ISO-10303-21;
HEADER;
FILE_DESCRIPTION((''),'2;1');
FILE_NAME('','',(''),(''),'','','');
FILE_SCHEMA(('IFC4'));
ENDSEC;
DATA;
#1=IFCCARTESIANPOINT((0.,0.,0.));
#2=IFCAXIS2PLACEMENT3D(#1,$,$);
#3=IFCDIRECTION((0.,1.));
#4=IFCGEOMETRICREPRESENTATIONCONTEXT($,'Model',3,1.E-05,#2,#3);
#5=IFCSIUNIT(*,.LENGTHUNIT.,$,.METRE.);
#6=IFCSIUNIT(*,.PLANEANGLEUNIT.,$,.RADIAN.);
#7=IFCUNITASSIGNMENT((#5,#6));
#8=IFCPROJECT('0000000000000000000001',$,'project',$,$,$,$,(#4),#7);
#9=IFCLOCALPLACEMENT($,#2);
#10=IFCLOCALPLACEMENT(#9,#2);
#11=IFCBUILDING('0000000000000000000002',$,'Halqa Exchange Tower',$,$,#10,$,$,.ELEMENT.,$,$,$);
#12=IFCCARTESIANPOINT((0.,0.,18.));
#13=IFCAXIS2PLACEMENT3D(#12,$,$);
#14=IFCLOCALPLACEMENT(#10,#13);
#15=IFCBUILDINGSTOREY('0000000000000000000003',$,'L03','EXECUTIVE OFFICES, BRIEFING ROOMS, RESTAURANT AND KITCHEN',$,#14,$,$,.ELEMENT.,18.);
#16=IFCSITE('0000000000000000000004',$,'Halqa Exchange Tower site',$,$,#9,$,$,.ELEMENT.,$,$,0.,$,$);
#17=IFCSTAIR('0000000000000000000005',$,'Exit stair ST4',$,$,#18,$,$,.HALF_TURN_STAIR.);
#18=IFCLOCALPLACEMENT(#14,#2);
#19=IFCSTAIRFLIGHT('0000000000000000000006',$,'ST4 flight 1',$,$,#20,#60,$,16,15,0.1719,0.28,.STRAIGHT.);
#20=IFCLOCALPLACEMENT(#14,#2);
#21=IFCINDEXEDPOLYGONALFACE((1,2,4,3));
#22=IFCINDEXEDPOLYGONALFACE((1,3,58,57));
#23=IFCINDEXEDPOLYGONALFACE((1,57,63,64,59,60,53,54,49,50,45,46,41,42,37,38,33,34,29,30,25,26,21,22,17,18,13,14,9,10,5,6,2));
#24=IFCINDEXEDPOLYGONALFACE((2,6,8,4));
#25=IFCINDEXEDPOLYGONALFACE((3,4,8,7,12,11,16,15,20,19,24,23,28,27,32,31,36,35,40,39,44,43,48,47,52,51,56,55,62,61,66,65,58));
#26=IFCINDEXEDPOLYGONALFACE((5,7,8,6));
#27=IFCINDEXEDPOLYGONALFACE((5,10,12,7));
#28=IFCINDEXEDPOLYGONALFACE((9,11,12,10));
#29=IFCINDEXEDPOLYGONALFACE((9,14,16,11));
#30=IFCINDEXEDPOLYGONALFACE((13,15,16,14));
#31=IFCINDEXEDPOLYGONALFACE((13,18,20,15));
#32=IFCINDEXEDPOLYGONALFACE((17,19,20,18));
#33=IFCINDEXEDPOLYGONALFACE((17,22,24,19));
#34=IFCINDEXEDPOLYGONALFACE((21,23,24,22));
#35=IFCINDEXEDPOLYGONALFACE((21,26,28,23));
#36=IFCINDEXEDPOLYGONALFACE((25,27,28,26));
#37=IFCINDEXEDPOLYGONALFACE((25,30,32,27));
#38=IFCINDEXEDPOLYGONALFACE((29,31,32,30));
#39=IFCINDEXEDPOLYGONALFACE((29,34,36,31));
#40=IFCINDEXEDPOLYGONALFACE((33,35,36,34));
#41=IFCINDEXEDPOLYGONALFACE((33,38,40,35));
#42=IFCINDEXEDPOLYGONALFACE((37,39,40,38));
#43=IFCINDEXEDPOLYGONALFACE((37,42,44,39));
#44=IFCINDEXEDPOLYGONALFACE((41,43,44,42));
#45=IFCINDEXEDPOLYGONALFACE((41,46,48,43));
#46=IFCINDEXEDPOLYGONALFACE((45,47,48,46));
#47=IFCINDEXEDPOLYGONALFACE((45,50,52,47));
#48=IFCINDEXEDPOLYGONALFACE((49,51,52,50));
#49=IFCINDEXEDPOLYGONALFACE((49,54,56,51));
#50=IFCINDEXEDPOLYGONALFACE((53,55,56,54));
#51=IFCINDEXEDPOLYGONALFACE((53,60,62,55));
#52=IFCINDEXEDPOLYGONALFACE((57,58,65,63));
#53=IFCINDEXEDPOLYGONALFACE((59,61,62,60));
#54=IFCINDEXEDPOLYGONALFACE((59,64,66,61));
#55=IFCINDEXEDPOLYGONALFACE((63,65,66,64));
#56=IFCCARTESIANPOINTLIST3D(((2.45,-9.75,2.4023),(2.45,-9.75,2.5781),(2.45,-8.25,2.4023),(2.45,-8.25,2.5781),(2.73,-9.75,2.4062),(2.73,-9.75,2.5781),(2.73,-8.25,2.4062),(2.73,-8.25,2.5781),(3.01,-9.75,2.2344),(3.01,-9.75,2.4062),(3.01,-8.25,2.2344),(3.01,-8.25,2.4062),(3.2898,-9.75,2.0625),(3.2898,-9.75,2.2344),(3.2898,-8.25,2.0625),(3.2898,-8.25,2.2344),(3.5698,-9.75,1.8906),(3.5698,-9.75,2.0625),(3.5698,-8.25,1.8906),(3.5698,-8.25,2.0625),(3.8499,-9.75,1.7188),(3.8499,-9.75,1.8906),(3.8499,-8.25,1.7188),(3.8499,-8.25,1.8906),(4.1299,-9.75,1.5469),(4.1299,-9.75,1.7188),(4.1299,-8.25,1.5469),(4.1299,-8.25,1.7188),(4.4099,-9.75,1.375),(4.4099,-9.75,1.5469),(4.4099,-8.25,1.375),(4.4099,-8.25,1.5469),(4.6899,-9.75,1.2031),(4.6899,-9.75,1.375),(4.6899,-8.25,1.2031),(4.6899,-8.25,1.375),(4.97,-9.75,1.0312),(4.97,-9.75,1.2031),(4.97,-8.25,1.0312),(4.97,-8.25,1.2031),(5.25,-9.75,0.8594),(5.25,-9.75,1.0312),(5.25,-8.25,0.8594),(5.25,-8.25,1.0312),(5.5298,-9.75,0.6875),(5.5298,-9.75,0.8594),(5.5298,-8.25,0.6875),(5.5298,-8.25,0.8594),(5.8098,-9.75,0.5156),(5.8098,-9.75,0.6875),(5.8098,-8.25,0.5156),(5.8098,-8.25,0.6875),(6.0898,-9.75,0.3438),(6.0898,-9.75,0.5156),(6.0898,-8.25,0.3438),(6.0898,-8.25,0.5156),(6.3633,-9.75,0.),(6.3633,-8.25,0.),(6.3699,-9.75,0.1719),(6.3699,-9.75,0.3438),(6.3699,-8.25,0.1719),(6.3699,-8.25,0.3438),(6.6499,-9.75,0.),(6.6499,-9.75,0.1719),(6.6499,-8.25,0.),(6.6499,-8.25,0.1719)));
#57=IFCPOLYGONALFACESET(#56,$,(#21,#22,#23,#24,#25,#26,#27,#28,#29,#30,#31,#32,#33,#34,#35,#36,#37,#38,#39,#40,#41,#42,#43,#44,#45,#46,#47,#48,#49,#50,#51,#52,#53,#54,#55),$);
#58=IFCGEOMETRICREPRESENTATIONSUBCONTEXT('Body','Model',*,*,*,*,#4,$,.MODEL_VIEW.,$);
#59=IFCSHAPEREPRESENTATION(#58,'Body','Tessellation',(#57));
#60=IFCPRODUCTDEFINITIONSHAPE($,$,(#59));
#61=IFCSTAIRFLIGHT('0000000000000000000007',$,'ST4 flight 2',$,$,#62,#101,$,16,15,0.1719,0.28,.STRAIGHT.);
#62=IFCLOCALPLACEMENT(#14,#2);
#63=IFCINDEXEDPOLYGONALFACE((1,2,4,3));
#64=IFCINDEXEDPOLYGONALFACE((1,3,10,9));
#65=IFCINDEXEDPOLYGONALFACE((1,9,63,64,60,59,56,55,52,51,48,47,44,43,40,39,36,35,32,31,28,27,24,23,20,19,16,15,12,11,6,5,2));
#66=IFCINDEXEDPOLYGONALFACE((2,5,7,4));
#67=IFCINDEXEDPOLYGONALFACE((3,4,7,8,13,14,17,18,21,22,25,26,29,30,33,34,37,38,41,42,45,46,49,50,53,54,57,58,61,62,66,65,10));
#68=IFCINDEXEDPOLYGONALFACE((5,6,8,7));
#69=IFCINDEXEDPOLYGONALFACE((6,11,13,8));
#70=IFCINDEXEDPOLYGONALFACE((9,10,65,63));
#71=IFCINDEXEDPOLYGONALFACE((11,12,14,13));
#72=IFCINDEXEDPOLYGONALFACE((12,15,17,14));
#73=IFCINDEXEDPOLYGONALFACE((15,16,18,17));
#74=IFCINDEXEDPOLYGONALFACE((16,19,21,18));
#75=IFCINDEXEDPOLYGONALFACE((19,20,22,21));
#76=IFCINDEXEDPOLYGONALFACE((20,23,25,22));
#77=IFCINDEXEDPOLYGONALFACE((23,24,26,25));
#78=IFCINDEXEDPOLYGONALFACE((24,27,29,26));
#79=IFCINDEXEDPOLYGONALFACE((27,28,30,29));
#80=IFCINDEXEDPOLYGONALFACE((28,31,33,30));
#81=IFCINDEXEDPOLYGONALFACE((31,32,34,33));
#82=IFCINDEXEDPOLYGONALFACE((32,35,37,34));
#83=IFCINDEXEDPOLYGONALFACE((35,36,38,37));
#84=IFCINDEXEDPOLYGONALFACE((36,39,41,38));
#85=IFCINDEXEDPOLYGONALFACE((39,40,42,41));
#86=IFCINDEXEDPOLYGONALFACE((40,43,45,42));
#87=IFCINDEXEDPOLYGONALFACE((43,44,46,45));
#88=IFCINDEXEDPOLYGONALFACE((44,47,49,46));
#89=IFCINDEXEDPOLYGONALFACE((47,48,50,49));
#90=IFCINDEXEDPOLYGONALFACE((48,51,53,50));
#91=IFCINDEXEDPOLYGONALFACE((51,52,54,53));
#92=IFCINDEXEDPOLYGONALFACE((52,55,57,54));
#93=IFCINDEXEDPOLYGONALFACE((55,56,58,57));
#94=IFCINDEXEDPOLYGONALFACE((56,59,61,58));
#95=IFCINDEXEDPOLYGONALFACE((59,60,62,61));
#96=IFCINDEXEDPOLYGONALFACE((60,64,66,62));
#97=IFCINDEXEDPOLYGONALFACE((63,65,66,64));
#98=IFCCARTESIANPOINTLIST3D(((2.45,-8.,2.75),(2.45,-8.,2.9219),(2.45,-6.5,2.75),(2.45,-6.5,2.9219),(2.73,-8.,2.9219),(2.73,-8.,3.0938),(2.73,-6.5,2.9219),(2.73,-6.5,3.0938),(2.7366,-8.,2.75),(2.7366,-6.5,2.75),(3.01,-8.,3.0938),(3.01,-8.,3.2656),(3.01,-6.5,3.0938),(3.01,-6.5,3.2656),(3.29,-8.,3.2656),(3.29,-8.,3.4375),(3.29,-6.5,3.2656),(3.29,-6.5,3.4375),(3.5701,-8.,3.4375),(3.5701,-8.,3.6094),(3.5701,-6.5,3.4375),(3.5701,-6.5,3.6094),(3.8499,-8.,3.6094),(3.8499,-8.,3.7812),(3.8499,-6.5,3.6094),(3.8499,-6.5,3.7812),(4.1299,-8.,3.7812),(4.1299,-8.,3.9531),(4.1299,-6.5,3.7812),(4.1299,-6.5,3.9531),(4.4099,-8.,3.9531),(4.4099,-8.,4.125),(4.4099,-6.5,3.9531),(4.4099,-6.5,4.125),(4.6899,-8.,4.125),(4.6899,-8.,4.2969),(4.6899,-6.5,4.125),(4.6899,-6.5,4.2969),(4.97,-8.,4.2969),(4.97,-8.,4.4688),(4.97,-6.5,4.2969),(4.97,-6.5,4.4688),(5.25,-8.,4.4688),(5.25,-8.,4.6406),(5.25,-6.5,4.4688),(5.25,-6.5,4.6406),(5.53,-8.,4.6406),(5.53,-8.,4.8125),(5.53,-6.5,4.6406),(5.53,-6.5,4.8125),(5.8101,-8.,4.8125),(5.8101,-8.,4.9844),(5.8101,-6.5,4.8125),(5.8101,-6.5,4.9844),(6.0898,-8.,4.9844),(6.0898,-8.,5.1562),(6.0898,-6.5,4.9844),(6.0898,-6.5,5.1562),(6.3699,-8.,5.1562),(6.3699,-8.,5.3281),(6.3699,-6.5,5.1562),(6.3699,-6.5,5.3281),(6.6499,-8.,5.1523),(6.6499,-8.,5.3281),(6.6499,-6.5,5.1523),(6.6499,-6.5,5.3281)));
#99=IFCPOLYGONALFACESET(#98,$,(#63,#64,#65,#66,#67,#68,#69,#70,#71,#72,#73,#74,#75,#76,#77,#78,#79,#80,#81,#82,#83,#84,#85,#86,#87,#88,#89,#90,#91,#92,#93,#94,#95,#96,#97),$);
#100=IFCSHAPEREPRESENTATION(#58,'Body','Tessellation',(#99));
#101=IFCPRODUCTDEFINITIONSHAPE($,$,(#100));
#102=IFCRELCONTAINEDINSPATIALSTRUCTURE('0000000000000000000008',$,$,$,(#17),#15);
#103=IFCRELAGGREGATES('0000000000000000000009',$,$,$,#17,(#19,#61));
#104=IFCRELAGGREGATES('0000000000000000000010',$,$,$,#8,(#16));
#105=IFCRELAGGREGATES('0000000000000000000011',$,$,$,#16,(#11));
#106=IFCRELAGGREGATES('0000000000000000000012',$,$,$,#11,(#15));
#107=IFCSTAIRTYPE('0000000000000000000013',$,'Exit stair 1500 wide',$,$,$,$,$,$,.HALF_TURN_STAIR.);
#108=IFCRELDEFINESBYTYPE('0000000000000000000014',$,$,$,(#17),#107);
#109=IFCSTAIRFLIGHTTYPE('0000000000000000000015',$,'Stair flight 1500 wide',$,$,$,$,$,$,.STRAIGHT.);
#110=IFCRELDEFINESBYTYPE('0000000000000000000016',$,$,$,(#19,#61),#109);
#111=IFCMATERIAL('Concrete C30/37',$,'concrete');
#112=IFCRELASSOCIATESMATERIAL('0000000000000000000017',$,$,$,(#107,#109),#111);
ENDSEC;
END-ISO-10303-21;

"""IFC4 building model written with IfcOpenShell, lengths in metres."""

from ifc_helpers import new_model, si_unit, direction, frame, origin, place, context, subcontext, project, spatial, polyline, outline, extrude, material, type_object, element, aggregate, save


model = new_model("IFC4")

# Units and contexts
model_context = context("Model", 3, precision=1e-05, world=origin(), true_north=direction((0.0, 1.0)))
body_context = subcontext(model_context, "Body", "Model", "MODEL_VIEW")
ifc_project = project(units=[si_unit("LENGTHUNIT", "METRE"), si_unit("PLANEANGLEUNIT", "RADIAN")], contexts=[model_context])

# Site, building, storey
site_placement = place(None, origin())
site = spatial("IfcSite", under=ifc_project, at=site_placement, Name="Halqa Exchange Tower site", CompositionType="ELEMENT", RefElevation=0.0)
building_placement = place(site_placement, origin())
building = spatial("IfcBuilding", under=site, at=building_placement, Name="Halqa Exchange Tower", CompositionType="ELEMENT")
storey_placement = place(building_placement, frame((0.0, 0.0, 18.0)))
storey = spatial("IfcBuildingStorey", under=building, at=storey_placement, Name="L03", Description="EXECUTIVE OFFICES, BRIEFING ROOMS, RESTAURANT AND KITCHEN", CompositionType="ELEMENT", Elevation=18.0)

# Shared definitions
ifc_material_1 = material(Name="Concrete C30/37", Category="concrete")

# Stair, stair flights
stair_type = type_object("IfcStairType", Name="Exit stair 1500 wide", PredefinedType="HALF_TURN_STAIR", material=ifc_material_1)
stair_placement = place(storey_placement, origin())
stair = element("IfcStair", 1, at=stair_placement, inside=storey, type_object=stair_type, Name="Exit stair ST4", PredefinedType="HALF_TURN_STAIR")
stair_flight_type = type_object("IfcStairFlightType", Name="Stair flight 1500 wide", PredefinedType="STRAIGHT", material=ifc_material_1)
stair_flight_1_placement = place(storey_placement, frame((6.6499, -9.0, 0.0), z_axis=(0.0, 0.0, 1.0), x_axis=(-1.0, 0.0, 0.0)))
stair_flight_1 = element("IfcStairFlight", 2, at=stair_flight_1_placement, type_object=stair_flight_type, Name="ST4 flight 1", NumberOfRisers=16, NumberOfTreads=15, PredefinedType="STRAIGHT", RiserHeight=0.1719, TreadLength=0.28, context=body_context, shape_type="SweptSolid", body=[
    extrude(outline(polyline([(0.0, 0.0), (0.0, 0.1719), (0.28, 0.1719), (0.28, 0.3438), (0.5601, 0.3438), (0.5601, 0.5156), (0.8401, 0.5156), (0.8401, 0.6875), (1.1201, 0.6875), (1.1201, 0.8594), (1.3999, 0.8594), (1.3999, 1.0312), (1.6799, 1.0312), (1.6799, 1.2031), (1.96, 1.2031), (1.96, 1.375), (2.24, 1.375), (2.24, 1.5469), (2.52, 1.5469), (2.52, 1.7188), (2.8, 1.7188), (2.8, 1.8906), (3.0801, 1.8906), (3.0801, 2.0625), (3.3601, 2.0625), (3.3601, 2.2344), (3.6399, 2.2344), (3.6399, 2.4062), (3.9199, 2.4062), (3.9199, 2.5781), (4.2, 2.5781), (4.2, 2.75), (4.2, 2.4023), (0.2866, 0.0), (0.0, 0.0)])), frame((0.0, 0.75, 0.0), z_axis=(0.0, -1.0, 0.0), x_axis=(1.0, 0.0, 0.0)), (0.0, 0.0, 1.0), 1.5),
])
stair_flight_2_placement = place(storey_placement, frame((2.45, -7.25, 2.75), z_axis=(0.0, 0.0, 1.0), x_axis=(1.0, 0.0, 0.0)))
stair_flight_2 = element("IfcStairFlight", 3, at=stair_flight_2_placement, type_object=stair_flight_type, Name="ST4 flight 2", NumberOfRisers=16, NumberOfTreads=15, PredefinedType="STRAIGHT", RiserHeight=0.1719, TreadLength=0.28, context=body_context, shape_type="SweptSolid", body=[
    extrude(outline(polyline([(0.0, 0.0), (0.0, 0.1719), (0.28, 0.1719), (0.28, 0.3438), (0.5601, 0.3438), (0.5601, 0.5156), (0.8401, 0.5156), (0.8401, 0.6875), (1.1201, 0.6875), (1.1201, 0.8594), (1.3999, 0.8594), (1.3999, 1.0312), (1.6799, 1.0312), (1.6799, 1.2031), (1.96, 1.2031), (1.96, 1.375), (2.24, 1.375), (2.24, 1.5469), (2.52, 1.5469), (2.52, 1.7188), (2.8, 1.7188), (2.8, 1.8906), (3.0801, 1.8906), (3.0801, 2.0625), (3.3601, 2.0625), (3.3601, 2.2344), (3.6399, 2.2344), (3.6399, 2.4062), (3.9199, 2.4062), (3.9199, 2.5781), (4.2, 2.5781), (4.2, 2.75), (4.2, 2.4023), (0.2866, 0.0), (0.0, 0.0)])), frame((0.0, 0.75, 0.0), z_axis=(0.0, -1.0, 0.0), x_axis=(1.0, 0.0, 0.0)), (0.0, 0.0, 1.0), 1.5),
])
aggregate(stair, [stair_flight_1, stair_flight_2])

save(model, "model.ifc")
